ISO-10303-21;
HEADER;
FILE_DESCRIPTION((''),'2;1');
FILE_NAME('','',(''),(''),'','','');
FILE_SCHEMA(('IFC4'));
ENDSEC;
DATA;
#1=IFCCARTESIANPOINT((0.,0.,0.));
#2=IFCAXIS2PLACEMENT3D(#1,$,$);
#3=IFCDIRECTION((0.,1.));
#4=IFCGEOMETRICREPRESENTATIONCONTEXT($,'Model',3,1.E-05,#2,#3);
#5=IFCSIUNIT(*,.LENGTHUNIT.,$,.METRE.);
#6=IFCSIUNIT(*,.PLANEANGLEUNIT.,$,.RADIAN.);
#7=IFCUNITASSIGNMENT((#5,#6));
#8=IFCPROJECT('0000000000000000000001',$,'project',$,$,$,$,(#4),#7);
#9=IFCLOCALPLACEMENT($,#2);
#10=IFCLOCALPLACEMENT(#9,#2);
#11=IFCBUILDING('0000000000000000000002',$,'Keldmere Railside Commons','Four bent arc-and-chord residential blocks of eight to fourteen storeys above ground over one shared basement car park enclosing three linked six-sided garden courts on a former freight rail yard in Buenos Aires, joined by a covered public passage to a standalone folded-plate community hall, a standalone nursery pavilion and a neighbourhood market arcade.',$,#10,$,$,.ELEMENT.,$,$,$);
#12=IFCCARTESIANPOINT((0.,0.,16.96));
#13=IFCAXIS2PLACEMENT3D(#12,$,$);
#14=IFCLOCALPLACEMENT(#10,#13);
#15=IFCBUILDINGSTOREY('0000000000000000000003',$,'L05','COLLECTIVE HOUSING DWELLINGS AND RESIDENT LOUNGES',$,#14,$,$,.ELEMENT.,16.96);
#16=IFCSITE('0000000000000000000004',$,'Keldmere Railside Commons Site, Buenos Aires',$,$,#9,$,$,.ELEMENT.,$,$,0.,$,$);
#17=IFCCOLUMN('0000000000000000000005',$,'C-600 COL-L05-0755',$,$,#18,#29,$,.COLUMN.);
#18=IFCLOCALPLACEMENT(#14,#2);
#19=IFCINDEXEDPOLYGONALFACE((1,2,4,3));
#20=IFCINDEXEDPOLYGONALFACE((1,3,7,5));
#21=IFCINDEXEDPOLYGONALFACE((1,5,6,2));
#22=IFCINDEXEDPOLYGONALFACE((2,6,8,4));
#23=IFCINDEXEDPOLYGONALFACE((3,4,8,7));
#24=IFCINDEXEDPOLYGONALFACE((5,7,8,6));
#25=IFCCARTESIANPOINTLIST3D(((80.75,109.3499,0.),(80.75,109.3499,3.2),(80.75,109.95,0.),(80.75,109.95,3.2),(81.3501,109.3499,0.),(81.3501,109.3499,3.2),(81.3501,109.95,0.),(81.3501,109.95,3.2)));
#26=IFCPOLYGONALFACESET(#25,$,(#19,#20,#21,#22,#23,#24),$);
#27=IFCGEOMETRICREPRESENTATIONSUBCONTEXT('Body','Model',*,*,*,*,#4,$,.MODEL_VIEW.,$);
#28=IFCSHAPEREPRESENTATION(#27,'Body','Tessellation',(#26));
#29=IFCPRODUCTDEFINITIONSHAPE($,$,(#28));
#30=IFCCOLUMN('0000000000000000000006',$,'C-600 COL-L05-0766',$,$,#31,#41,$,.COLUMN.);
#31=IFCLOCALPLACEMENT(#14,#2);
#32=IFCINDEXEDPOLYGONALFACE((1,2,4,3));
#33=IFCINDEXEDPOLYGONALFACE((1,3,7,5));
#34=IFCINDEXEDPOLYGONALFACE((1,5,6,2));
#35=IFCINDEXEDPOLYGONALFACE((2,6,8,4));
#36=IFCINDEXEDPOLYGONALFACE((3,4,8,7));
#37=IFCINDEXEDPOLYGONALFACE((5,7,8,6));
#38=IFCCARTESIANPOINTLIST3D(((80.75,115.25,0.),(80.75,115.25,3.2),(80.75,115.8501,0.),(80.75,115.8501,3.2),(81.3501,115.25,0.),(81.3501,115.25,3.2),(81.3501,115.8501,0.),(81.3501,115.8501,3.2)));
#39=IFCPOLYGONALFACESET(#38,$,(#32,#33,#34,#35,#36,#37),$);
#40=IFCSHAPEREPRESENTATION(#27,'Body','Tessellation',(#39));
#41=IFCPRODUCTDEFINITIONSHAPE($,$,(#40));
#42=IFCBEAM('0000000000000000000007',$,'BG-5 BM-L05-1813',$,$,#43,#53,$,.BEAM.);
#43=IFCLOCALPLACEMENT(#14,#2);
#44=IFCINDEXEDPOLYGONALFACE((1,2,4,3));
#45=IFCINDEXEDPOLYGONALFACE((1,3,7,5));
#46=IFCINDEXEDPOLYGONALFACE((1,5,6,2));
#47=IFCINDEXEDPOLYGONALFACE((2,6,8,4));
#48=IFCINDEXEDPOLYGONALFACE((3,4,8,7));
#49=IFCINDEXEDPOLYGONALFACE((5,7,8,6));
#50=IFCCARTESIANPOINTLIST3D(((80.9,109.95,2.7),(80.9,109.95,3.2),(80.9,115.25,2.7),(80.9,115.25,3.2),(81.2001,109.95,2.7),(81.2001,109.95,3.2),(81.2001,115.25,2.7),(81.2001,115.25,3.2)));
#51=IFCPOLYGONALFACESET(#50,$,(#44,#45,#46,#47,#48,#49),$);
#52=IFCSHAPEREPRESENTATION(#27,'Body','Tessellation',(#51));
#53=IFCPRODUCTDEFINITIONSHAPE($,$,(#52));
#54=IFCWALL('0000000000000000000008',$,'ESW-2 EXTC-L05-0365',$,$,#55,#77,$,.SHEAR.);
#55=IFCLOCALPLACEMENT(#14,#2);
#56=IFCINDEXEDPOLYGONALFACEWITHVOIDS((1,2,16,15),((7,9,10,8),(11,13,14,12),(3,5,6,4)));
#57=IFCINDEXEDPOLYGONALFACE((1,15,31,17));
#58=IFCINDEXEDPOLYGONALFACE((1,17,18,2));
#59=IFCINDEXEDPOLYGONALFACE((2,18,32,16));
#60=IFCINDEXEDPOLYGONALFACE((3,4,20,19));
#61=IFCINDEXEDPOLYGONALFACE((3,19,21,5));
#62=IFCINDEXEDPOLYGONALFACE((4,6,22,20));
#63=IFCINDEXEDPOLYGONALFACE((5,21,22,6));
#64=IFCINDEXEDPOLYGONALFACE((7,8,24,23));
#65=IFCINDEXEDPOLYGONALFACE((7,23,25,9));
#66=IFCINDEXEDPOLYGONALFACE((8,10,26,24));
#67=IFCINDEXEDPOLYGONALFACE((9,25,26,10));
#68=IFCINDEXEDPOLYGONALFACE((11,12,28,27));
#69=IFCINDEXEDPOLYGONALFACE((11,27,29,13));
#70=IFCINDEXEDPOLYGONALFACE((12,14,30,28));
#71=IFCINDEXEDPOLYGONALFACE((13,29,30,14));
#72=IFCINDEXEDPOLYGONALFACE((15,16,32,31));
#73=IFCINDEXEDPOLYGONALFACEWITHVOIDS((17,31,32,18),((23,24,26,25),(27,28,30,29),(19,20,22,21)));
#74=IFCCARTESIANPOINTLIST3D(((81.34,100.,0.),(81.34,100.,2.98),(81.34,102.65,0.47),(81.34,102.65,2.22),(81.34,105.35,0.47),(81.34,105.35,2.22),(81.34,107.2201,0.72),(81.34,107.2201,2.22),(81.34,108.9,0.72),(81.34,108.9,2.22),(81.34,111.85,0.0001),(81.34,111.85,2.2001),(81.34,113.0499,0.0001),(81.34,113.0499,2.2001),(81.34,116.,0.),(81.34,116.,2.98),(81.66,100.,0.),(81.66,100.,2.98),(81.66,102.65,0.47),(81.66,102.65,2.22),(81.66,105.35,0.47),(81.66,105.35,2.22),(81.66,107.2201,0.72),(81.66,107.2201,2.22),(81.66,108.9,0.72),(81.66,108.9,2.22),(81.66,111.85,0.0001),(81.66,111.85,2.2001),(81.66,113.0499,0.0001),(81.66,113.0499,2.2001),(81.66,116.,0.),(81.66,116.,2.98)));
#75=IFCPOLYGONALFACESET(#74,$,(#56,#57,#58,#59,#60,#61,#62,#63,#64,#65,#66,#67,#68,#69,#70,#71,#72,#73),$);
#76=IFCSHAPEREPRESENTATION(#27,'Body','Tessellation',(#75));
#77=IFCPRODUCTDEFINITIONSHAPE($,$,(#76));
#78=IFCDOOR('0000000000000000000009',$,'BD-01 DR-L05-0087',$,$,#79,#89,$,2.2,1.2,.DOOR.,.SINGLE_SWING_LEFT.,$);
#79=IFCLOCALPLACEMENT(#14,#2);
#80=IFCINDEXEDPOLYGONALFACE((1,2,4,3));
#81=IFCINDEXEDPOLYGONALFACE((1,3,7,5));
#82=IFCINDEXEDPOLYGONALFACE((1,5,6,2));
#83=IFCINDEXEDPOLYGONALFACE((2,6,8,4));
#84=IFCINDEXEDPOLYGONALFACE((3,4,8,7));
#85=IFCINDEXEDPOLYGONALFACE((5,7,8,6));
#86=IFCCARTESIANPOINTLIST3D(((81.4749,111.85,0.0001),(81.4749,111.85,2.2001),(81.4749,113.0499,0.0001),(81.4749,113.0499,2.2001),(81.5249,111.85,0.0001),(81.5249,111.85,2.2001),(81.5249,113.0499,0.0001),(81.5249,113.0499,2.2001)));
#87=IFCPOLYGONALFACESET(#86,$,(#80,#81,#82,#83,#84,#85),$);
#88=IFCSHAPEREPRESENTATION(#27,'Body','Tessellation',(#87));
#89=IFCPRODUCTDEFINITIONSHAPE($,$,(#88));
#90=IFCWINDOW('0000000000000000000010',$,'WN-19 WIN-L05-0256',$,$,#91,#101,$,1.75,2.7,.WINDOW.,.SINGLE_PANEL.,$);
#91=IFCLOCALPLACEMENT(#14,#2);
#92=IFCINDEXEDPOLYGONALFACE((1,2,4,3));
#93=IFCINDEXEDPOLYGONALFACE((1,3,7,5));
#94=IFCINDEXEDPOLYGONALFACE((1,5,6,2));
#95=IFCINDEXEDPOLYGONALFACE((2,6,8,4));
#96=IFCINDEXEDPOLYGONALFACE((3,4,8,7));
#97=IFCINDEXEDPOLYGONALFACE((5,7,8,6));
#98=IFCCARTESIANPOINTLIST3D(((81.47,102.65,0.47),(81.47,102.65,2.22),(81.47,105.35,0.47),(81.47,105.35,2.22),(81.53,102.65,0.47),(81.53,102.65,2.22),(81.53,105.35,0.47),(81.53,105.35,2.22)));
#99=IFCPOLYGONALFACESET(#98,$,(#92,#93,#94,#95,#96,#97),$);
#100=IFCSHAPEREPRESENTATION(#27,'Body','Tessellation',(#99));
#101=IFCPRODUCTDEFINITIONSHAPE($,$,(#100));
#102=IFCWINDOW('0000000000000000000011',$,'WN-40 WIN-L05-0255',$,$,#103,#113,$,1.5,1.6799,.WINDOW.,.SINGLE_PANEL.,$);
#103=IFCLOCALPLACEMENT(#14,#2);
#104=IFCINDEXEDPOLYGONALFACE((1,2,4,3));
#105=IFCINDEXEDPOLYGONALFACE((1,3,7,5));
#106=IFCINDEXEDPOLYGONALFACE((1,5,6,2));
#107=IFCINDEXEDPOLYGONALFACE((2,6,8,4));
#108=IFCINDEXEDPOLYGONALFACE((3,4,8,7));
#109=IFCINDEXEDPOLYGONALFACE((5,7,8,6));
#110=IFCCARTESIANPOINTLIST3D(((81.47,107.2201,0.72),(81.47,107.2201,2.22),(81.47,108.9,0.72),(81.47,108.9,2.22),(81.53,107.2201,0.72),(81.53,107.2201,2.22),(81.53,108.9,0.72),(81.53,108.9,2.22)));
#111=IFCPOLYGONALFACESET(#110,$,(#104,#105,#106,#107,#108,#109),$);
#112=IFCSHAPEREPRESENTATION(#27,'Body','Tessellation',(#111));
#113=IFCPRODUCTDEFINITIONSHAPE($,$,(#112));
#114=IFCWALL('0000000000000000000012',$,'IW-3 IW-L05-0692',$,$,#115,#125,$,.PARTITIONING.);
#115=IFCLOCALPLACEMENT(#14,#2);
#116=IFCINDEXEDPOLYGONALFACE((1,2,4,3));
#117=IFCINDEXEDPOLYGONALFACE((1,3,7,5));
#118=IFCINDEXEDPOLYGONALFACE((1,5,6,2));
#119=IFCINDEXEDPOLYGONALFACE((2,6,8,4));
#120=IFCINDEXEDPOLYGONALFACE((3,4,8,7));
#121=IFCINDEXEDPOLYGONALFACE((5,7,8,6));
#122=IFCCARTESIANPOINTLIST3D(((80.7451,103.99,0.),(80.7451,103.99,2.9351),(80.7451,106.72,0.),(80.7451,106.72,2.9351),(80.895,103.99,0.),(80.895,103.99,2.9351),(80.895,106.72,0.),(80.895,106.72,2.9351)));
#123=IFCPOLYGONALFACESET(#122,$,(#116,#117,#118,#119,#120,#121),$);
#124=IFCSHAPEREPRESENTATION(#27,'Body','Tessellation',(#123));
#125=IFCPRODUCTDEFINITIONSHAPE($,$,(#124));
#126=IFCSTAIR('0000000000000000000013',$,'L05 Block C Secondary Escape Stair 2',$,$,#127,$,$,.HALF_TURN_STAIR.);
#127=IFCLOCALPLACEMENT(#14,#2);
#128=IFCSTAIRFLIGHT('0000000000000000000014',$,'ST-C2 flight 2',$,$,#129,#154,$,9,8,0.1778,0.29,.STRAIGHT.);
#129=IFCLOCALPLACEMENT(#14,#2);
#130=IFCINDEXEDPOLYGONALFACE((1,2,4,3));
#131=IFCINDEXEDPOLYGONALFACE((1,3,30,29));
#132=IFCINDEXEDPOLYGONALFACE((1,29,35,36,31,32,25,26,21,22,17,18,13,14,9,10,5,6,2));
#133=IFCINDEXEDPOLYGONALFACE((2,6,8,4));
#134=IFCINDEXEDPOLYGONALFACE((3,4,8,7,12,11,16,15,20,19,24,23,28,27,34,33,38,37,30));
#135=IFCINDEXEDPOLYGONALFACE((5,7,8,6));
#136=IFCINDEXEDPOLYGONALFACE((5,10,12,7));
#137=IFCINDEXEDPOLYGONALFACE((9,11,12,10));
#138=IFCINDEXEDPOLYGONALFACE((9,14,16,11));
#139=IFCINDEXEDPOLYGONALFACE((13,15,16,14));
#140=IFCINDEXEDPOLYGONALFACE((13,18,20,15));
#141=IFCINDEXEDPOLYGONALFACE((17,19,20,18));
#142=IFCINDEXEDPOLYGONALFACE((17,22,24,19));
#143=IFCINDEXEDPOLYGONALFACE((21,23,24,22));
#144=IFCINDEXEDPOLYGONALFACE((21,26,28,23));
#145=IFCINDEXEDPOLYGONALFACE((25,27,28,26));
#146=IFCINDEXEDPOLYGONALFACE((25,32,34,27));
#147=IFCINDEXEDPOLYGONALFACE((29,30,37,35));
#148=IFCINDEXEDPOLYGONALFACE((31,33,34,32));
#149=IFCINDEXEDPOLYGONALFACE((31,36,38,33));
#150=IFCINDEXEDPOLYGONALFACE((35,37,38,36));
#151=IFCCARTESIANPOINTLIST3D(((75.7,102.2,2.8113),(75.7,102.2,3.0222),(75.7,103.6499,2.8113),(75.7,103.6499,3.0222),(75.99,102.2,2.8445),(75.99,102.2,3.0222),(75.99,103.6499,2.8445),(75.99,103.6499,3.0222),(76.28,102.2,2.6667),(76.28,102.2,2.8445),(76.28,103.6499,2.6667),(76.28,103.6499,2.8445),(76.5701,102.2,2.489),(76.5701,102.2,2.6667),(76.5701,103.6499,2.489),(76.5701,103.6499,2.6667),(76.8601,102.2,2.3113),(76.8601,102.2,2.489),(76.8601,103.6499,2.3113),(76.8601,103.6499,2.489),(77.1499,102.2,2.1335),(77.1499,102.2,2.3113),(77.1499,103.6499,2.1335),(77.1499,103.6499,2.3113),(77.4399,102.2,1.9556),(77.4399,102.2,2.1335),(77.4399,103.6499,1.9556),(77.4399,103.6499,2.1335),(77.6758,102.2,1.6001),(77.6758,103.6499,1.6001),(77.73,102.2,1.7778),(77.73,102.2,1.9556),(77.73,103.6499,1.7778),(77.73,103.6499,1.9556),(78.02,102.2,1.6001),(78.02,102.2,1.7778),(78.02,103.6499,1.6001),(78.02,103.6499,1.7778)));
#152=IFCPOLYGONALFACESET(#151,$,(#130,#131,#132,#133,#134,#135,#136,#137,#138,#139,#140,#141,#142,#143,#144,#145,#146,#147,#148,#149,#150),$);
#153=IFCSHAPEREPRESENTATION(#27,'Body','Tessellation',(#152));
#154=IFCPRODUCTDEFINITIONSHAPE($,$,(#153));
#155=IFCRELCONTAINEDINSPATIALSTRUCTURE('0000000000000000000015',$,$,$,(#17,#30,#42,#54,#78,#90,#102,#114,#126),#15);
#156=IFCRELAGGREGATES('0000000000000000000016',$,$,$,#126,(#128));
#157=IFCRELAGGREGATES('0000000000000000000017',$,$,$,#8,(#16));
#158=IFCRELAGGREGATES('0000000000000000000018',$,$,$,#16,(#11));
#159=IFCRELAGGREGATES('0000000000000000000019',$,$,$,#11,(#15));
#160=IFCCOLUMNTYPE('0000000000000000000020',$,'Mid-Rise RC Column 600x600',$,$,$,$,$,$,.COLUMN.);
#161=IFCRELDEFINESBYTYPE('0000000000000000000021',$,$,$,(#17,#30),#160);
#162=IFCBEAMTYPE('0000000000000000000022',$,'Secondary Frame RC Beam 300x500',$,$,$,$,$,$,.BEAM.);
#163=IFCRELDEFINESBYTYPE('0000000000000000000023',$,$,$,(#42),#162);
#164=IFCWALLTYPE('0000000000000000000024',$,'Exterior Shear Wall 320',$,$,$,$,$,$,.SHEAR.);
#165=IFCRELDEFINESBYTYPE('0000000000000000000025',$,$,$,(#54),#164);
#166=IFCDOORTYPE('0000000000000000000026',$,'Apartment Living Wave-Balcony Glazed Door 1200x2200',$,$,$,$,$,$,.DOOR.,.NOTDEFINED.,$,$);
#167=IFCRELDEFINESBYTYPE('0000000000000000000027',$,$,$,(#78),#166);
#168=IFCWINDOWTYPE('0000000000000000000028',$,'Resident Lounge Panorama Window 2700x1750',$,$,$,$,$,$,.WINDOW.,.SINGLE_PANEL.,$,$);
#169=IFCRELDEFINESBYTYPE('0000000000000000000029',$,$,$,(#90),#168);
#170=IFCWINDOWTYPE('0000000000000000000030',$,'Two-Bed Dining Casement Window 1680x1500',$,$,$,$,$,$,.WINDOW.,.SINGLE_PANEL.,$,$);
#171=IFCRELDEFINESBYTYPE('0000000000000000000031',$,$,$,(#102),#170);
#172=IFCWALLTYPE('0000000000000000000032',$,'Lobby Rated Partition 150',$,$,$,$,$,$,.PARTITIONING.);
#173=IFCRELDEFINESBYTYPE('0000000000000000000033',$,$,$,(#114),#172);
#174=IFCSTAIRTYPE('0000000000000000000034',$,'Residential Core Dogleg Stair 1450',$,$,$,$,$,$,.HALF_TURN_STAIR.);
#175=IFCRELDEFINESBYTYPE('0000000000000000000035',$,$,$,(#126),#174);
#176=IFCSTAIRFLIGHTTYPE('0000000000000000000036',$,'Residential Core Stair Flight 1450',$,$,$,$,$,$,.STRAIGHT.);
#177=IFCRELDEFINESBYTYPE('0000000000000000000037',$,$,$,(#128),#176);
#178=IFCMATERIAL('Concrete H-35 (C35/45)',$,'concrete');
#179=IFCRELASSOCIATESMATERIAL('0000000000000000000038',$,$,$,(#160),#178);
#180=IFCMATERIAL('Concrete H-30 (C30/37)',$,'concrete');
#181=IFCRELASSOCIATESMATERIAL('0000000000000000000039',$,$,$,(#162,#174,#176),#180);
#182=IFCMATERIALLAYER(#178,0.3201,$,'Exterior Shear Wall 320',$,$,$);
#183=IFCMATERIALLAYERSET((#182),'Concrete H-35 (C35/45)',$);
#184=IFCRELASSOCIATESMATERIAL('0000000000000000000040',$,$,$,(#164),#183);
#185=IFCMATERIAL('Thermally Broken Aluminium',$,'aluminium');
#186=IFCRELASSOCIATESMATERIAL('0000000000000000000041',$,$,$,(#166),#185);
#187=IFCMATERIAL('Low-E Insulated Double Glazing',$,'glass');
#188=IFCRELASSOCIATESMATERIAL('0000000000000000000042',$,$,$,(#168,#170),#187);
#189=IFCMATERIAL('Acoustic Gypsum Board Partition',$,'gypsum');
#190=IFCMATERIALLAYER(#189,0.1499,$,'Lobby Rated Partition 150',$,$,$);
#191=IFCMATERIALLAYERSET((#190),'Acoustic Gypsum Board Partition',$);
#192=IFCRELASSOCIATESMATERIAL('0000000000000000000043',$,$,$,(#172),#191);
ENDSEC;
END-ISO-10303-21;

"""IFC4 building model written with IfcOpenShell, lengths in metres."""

from ifc_helpers import new_model, si_unit, direction, frame, frame_2d, origin, origin_2d, place, context, subcontext, project, spatial, polyline, rectangle, outline, extrude, material, layer, layer_set, material_profile, profile_set, type_object, element, fill, aggregate, save


model = new_model("IFC4")

# Units and contexts
model_context = context("Model", 3, precision=1e-05, world=origin(), true_north=direction((0.0, 1.0)))
body_context = subcontext(model_context, "Body", "Model", "MODEL_VIEW")
ifc_project = project(units=[si_unit("LENGTHUNIT", "METRE"), si_unit("PLANEANGLEUNIT", "RADIAN")], contexts=[model_context])

# Site, building, storey
site_placement = place(None, origin())
site = spatial("IfcSite", under=ifc_project, at=site_placement, Name="Keldmere Railside Commons Site, Buenos Aires", CompositionType="ELEMENT", RefElevation=0.0)
building_placement = place(site_placement, origin())
building = spatial("IfcBuilding", under=site, at=building_placement, Name="Keldmere Railside Commons", Description="Four bent arc-and-chord residential blocks of eight to fourteen storeys above ground over one shared basement car park enclosing three linked six-sided garden courts on a former freight rail yard in Buenos Aires, joined by a covered public passage to a standalone folded-plate community hall, a standalone nursery pavilion and a neighbourhood market arcade.", CompositionType="ELEMENT")
storey_placement = place(building_placement, frame((0.0, 0.0, 16.96)))
storey = spatial("IfcBuildingStorey", under=building, at=storey_placement, Name="L05", Description="COLLECTIVE HOUSING DWELLINGS AND RESIDENT LOUNGES", CompositionType="ELEMENT", Elevation=16.96)

# Columns
ifc_material_1 = material(Name="Concrete H-35 (C35/45)", Category="concrete")
ifc_material_profile_1 = material_profile(ifc_material_1, rectangle(XDim=0.6001, YDim=0.6001, at=origin_2d()), Name="RC-600x600")
ifc_profile_set_1 = profile_set([ifc_material_profile_1], Name="Concrete H-35 (C35/45)")
column_type = type_object("IfcColumnType", Name="Mid-Rise RC Column 600x600", PredefinedType="COLUMN", material=ifc_profile_set_1)
for number, where, z_axis, x_axis, name in (
    (1, (81.05, 109.6499, 0.0), (0.0, 0.0, 1.0), (1.0, 0.0, 0.0), "C-600 COL-L05-0755"),
    (2, (81.05, 115.55, 0.0), (0.0, 0.0, 1.0), (1.0, 0.0, 0.0), "C-600 COL-L05-0766"),
):
    element("IfcColumn", number, at=place(storey_placement, frame(where, z_axis=z_axis, x_axis=x_axis)), inside=storey, type_object=column_type, Name=name, PredefinedType="COLUMN", context=body_context, shape_type="SweptSolid", body=[
        extrude(rectangle(XDim=0.6001, YDim=0.6001, at=origin_2d()), origin(), (0.0, 0.0, 1.0), 3.2),
    ])

# Beam
ifc_material_2 = material(Name="Concrete H-30 (C30/37)", Category="concrete")
ifc_material_profile_2 = material_profile(ifc_material_2, rectangle(XDim=0.3, YDim=0.5, at=origin_2d()), Name="RC-300x500")
ifc_profile_set_2 = profile_set([ifc_material_profile_2], Name="Concrete H-30 (C30/37)")
beam_type = type_object("IfcBeamType", Name="Secondary Frame RC Beam 300x500", PredefinedType="BEAM", material=ifc_profile_set_2)
beam_placement = place(storey_placement, frame((81.05, 109.95, 2.95), z_axis=(0.0, 1.0, 0.0), x_axis=(-1.0, 0.0, 0.0)))
element("IfcBeam", 3, at=beam_placement, inside=storey, type_object=beam_type, Name="BG-5 BM-L05-1813", PredefinedType="BEAM", context=body_context, shape_type="SweptSolid", body=[
    extrude(rectangle(XDim=0.3, YDim=0.5, at=origin_2d()), origin(), (0.0, 0.0, 1.0), 5.3),
])

# Wall, openings, door, windows
ifc_layer_1 = layer(ifc_material_1, 0.3201, Name="Exterior Shear Wall 320")
ifc_layer_set_1 = layer_set([ifc_layer_1], Name="Concrete H-35 (C35/45)")
wall_type_1 = type_object("IfcWallType", Name="Exterior Shear Wall 320", PredefinedType="SHEAR", material=ifc_layer_set_1)
wall_1_placement = place(storey_placement, frame((81.5, 116.0, 0.0), z_axis=(0.0, 0.0, 1.0), x_axis=(0.0, -1.0, 0.0)))
wall_1 = element("IfcWall", 4, at=wall_1_placement, inside=storey, type_object=wall_type_1, Name="ESW-2 EXTC-L05-0365", PredefinedType="SHEAR", context=body_context, shape_type="SweptSolid", body=[
    extrude(rectangle(XDim=16.0, YDim=0.3201, at=frame_2d((8.0, 0.0))), origin(), (0.0, 0.0, 1.0), 2.98),
])
opening_1_placement = place(wall_1_placement, frame((2.95, 0.0, 0.0)))
opening_1 = element("IfcOpeningElement", 5, at=opening_1_placement, cuts=wall_1, PredefinedType="OPENING", context=body_context, shape_type="SweptSolid", body=[
    extrude(rectangle(XDim=1.2, YDim=2.2, at=frame_2d((0.6001, 1.1001))), frame((0.0, 0.1699, 0.0), z_axis=(0.0, -1.0, 0.0), x_axis=(1.0, 0.0, 0.0)), (0.0, 0.0, 1.0), 0.3401),
])
opening_2_placement = place(wall_1_placement, frame((7.1001, 0.0, 0.72)))
opening_2 = element("IfcOpeningElement", 6, at=opening_2_placement, cuts=wall_1, PredefinedType="OPENING", context=body_context, shape_type="SweptSolid", body=[
    extrude(rectangle(XDim=1.6799, YDim=1.5, at=frame_2d((0.8398, 0.75))), frame((0.0, 0.1699, 0.0), z_axis=(0.0, -1.0, 0.0), x_axis=(1.0, 0.0, 0.0)), (0.0, 0.0, 1.0), 0.3401),
])
opening_3_placement = place(wall_1_placement, frame((10.6499, 0.0, 0.47)))
opening_3 = element("IfcOpeningElement", 7, at=opening_3_placement, cuts=wall_1, PredefinedType="OPENING", context=body_context, shape_type="SweptSolid", body=[
    extrude(rectangle(XDim=2.7, YDim=1.75, at=frame_2d((1.3501, 0.875))), frame((0.0, 0.1699, 0.0), z_axis=(0.0, -1.0, 0.0), x_axis=(1.0, 0.0, 0.0)), (0.0, 0.0, 1.0), 0.3401),
])
ifc_material_3 = material(Name="Thermally Broken Aluminium", Category="aluminium")
door_type_1 = type_object("IfcDoorType", Name="Apartment Living Wave-Balcony Glazed Door 1200x2200", OperationType="NOTDEFINED", PredefinedType="DOOR", material=ifc_material_3)
door_1_placement = place(opening_1_placement, origin())
door_1 = element("IfcDoor", 8, at=door_1_placement, inside=storey, type_object=door_type_1, Name="BD-01 DR-L05-0087", OperationType="SINGLE_SWING_LEFT", OverallHeight=2.2, OverallWidth=1.2, PredefinedType="DOOR", context=body_context, shape_type="SweptSolid", body=[
    extrude(rectangle(XDim=1.2, YDim=2.2, at=frame_2d((0.6001, 1.1001))), frame((0.0, 0.0249, 0.0), z_axis=(0.0, -1.0, 0.0), x_axis=(1.0, 0.0, 0.0)), (0.0, 0.0, 1.0), 0.05),
])
fill(opening_1, door_1)
ifc_material_4 = material(Name="Low-E Insulated Double Glazing", Category="glass")
window_type_1 = type_object("IfcWindowType", Name="Resident Lounge Panorama Window 2700x1750", PartitioningType="SINGLE_PANEL", PredefinedType="WINDOW", material=ifc_material_4)
window_1_placement = place(opening_3_placement, origin())
window_1 = element("IfcWindow", 9, at=window_1_placement, inside=storey, type_object=window_type_1, Name="WN-19 WIN-L05-0256", OverallHeight=1.75, OverallWidth=2.7, PartitioningType="SINGLE_PANEL", PredefinedType="WINDOW", context=body_context, shape_type="SweptSolid", body=[
    extrude(rectangle(XDim=2.7, YDim=1.75, at=frame_2d((1.3501, 0.875))), frame((0.0, 0.03, 0.0), z_axis=(0.0, -1.0, 0.0), x_axis=(1.0, 0.0, 0.0)), (0.0, 0.0, 1.0), 0.0601),
])
fill(opening_3, window_1)
window_type_2 = type_object("IfcWindowType", Name="Two-Bed Dining Casement Window 1680x1500", PartitioningType="SINGLE_PANEL", PredefinedType="WINDOW", material=ifc_material_4)
window_2_placement = place(opening_2_placement, origin())
window_2 = element("IfcWindow", 10, at=window_2_placement, inside=storey, type_object=window_type_2, Name="WN-40 WIN-L05-0255", OverallHeight=1.5, OverallWidth=1.6799, PartitioningType="SINGLE_PANEL", PredefinedType="WINDOW", context=body_context, shape_type="SweptSolid", body=[
    extrude(rectangle(XDim=1.6799, YDim=1.5, at=frame_2d((0.8398, 0.75))), frame((0.0, 0.03, 0.0), z_axis=(0.0, -1.0, 0.0), x_axis=(1.0, 0.0, 0.0)), (0.0, 0.0, 1.0), 0.0601),
])
fill(opening_2, window_2)

# Wall
ifc_material_5 = material(Name="Acoustic Gypsum Board Partition", Category="gypsum")
ifc_layer_2 = layer(ifc_material_5, 0.1499, Name="Lobby Rated Partition 150")
ifc_layer_set_2 = layer_set([ifc_layer_2], Name="Acoustic Gypsum Board Partition")
wall_type_2 = type_object("IfcWallType", Name="Lobby Rated Partition 150", PredefinedType="PARTITIONING", material=ifc_layer_set_2)
wall_2_placement = place(storey_placement, frame((80.8201, 103.99, 0.0), z_axis=(0.0, 0.0, 1.0), x_axis=(0.0, 1.0, 0.0)))
element("IfcWall", 11, at=wall_2_placement, inside=storey, type_object=wall_type_2, Name="IW-3 IW-L05-0692", PredefinedType="PARTITIONING", context=body_context, shape_type="SweptSolid", body=[
    extrude(rectangle(XDim=2.73, YDim=0.1499, at=frame_2d((1.365, 0.0))), origin(), (0.0, 0.0, 1.0), 2.9351),
])

# Stair, stair flight
stair_type = type_object("IfcStairType", Name="Residential Core Dogleg Stair 1450", PredefinedType="HALF_TURN_STAIR", material=ifc_material_2)
stair_placement = place(storey_placement, origin())
stair = element("IfcStair", 12, at=stair_placement, inside=storey, type_object=stair_type, Name="L05 Block C Secondary Escape Stair 2", PredefinedType="HALF_TURN_STAIR")
stair_flight_type = type_object("IfcStairFlightType", Name="Residential Core Stair Flight 1450", PredefinedType="STRAIGHT", material=ifc_material_2)
stair_flight_placement = place(storey_placement, frame((78.02, 102.925, 1.6001), z_axis=(0.0, 0.0, 1.0), x_axis=(-1.0, 0.0, 0.0)))
stair_flight = element("IfcStairFlight", 13, at=stair_flight_placement, type_object=stair_flight_type, Name="ST-C2 flight 2", NumberOfRisers=9, NumberOfTreads=8, PredefinedType="STRAIGHT", RiserHeight=0.1778, TreadLength=0.29, context=body_context, shape_type="SweptSolid", body=[
    extrude(outline(polyline([(0.0, 0.0), (0.0, 0.1777), (0.29, 0.1777), (0.29, 0.3555), (0.5801, 0.3555), (0.5801, 0.5334), (0.8701, 0.5334), (0.8701, 0.7112), (1.1599, 0.7112), (1.1599, 0.8889), (1.45, 0.8889), (1.45, 1.0667), (1.74, 1.0667), (1.74, 1.2444), (2.03, 1.2444), (2.03, 1.4221), (2.3201, 1.4221), (2.3201, 1.6001), (2.3201, 1.2112), (0.3442, 0.0), (0.0, 0.0)])), frame((0.0, 0.7251, 0.0), z_axis=(0.0, -1.0, 0.0), x_axis=(1.0, 0.0, 0.0)), (0.0, 0.0, 1.0), 1.45),
])
aggregate(stair, [stair_flight])

save(model, "model.ifc")
